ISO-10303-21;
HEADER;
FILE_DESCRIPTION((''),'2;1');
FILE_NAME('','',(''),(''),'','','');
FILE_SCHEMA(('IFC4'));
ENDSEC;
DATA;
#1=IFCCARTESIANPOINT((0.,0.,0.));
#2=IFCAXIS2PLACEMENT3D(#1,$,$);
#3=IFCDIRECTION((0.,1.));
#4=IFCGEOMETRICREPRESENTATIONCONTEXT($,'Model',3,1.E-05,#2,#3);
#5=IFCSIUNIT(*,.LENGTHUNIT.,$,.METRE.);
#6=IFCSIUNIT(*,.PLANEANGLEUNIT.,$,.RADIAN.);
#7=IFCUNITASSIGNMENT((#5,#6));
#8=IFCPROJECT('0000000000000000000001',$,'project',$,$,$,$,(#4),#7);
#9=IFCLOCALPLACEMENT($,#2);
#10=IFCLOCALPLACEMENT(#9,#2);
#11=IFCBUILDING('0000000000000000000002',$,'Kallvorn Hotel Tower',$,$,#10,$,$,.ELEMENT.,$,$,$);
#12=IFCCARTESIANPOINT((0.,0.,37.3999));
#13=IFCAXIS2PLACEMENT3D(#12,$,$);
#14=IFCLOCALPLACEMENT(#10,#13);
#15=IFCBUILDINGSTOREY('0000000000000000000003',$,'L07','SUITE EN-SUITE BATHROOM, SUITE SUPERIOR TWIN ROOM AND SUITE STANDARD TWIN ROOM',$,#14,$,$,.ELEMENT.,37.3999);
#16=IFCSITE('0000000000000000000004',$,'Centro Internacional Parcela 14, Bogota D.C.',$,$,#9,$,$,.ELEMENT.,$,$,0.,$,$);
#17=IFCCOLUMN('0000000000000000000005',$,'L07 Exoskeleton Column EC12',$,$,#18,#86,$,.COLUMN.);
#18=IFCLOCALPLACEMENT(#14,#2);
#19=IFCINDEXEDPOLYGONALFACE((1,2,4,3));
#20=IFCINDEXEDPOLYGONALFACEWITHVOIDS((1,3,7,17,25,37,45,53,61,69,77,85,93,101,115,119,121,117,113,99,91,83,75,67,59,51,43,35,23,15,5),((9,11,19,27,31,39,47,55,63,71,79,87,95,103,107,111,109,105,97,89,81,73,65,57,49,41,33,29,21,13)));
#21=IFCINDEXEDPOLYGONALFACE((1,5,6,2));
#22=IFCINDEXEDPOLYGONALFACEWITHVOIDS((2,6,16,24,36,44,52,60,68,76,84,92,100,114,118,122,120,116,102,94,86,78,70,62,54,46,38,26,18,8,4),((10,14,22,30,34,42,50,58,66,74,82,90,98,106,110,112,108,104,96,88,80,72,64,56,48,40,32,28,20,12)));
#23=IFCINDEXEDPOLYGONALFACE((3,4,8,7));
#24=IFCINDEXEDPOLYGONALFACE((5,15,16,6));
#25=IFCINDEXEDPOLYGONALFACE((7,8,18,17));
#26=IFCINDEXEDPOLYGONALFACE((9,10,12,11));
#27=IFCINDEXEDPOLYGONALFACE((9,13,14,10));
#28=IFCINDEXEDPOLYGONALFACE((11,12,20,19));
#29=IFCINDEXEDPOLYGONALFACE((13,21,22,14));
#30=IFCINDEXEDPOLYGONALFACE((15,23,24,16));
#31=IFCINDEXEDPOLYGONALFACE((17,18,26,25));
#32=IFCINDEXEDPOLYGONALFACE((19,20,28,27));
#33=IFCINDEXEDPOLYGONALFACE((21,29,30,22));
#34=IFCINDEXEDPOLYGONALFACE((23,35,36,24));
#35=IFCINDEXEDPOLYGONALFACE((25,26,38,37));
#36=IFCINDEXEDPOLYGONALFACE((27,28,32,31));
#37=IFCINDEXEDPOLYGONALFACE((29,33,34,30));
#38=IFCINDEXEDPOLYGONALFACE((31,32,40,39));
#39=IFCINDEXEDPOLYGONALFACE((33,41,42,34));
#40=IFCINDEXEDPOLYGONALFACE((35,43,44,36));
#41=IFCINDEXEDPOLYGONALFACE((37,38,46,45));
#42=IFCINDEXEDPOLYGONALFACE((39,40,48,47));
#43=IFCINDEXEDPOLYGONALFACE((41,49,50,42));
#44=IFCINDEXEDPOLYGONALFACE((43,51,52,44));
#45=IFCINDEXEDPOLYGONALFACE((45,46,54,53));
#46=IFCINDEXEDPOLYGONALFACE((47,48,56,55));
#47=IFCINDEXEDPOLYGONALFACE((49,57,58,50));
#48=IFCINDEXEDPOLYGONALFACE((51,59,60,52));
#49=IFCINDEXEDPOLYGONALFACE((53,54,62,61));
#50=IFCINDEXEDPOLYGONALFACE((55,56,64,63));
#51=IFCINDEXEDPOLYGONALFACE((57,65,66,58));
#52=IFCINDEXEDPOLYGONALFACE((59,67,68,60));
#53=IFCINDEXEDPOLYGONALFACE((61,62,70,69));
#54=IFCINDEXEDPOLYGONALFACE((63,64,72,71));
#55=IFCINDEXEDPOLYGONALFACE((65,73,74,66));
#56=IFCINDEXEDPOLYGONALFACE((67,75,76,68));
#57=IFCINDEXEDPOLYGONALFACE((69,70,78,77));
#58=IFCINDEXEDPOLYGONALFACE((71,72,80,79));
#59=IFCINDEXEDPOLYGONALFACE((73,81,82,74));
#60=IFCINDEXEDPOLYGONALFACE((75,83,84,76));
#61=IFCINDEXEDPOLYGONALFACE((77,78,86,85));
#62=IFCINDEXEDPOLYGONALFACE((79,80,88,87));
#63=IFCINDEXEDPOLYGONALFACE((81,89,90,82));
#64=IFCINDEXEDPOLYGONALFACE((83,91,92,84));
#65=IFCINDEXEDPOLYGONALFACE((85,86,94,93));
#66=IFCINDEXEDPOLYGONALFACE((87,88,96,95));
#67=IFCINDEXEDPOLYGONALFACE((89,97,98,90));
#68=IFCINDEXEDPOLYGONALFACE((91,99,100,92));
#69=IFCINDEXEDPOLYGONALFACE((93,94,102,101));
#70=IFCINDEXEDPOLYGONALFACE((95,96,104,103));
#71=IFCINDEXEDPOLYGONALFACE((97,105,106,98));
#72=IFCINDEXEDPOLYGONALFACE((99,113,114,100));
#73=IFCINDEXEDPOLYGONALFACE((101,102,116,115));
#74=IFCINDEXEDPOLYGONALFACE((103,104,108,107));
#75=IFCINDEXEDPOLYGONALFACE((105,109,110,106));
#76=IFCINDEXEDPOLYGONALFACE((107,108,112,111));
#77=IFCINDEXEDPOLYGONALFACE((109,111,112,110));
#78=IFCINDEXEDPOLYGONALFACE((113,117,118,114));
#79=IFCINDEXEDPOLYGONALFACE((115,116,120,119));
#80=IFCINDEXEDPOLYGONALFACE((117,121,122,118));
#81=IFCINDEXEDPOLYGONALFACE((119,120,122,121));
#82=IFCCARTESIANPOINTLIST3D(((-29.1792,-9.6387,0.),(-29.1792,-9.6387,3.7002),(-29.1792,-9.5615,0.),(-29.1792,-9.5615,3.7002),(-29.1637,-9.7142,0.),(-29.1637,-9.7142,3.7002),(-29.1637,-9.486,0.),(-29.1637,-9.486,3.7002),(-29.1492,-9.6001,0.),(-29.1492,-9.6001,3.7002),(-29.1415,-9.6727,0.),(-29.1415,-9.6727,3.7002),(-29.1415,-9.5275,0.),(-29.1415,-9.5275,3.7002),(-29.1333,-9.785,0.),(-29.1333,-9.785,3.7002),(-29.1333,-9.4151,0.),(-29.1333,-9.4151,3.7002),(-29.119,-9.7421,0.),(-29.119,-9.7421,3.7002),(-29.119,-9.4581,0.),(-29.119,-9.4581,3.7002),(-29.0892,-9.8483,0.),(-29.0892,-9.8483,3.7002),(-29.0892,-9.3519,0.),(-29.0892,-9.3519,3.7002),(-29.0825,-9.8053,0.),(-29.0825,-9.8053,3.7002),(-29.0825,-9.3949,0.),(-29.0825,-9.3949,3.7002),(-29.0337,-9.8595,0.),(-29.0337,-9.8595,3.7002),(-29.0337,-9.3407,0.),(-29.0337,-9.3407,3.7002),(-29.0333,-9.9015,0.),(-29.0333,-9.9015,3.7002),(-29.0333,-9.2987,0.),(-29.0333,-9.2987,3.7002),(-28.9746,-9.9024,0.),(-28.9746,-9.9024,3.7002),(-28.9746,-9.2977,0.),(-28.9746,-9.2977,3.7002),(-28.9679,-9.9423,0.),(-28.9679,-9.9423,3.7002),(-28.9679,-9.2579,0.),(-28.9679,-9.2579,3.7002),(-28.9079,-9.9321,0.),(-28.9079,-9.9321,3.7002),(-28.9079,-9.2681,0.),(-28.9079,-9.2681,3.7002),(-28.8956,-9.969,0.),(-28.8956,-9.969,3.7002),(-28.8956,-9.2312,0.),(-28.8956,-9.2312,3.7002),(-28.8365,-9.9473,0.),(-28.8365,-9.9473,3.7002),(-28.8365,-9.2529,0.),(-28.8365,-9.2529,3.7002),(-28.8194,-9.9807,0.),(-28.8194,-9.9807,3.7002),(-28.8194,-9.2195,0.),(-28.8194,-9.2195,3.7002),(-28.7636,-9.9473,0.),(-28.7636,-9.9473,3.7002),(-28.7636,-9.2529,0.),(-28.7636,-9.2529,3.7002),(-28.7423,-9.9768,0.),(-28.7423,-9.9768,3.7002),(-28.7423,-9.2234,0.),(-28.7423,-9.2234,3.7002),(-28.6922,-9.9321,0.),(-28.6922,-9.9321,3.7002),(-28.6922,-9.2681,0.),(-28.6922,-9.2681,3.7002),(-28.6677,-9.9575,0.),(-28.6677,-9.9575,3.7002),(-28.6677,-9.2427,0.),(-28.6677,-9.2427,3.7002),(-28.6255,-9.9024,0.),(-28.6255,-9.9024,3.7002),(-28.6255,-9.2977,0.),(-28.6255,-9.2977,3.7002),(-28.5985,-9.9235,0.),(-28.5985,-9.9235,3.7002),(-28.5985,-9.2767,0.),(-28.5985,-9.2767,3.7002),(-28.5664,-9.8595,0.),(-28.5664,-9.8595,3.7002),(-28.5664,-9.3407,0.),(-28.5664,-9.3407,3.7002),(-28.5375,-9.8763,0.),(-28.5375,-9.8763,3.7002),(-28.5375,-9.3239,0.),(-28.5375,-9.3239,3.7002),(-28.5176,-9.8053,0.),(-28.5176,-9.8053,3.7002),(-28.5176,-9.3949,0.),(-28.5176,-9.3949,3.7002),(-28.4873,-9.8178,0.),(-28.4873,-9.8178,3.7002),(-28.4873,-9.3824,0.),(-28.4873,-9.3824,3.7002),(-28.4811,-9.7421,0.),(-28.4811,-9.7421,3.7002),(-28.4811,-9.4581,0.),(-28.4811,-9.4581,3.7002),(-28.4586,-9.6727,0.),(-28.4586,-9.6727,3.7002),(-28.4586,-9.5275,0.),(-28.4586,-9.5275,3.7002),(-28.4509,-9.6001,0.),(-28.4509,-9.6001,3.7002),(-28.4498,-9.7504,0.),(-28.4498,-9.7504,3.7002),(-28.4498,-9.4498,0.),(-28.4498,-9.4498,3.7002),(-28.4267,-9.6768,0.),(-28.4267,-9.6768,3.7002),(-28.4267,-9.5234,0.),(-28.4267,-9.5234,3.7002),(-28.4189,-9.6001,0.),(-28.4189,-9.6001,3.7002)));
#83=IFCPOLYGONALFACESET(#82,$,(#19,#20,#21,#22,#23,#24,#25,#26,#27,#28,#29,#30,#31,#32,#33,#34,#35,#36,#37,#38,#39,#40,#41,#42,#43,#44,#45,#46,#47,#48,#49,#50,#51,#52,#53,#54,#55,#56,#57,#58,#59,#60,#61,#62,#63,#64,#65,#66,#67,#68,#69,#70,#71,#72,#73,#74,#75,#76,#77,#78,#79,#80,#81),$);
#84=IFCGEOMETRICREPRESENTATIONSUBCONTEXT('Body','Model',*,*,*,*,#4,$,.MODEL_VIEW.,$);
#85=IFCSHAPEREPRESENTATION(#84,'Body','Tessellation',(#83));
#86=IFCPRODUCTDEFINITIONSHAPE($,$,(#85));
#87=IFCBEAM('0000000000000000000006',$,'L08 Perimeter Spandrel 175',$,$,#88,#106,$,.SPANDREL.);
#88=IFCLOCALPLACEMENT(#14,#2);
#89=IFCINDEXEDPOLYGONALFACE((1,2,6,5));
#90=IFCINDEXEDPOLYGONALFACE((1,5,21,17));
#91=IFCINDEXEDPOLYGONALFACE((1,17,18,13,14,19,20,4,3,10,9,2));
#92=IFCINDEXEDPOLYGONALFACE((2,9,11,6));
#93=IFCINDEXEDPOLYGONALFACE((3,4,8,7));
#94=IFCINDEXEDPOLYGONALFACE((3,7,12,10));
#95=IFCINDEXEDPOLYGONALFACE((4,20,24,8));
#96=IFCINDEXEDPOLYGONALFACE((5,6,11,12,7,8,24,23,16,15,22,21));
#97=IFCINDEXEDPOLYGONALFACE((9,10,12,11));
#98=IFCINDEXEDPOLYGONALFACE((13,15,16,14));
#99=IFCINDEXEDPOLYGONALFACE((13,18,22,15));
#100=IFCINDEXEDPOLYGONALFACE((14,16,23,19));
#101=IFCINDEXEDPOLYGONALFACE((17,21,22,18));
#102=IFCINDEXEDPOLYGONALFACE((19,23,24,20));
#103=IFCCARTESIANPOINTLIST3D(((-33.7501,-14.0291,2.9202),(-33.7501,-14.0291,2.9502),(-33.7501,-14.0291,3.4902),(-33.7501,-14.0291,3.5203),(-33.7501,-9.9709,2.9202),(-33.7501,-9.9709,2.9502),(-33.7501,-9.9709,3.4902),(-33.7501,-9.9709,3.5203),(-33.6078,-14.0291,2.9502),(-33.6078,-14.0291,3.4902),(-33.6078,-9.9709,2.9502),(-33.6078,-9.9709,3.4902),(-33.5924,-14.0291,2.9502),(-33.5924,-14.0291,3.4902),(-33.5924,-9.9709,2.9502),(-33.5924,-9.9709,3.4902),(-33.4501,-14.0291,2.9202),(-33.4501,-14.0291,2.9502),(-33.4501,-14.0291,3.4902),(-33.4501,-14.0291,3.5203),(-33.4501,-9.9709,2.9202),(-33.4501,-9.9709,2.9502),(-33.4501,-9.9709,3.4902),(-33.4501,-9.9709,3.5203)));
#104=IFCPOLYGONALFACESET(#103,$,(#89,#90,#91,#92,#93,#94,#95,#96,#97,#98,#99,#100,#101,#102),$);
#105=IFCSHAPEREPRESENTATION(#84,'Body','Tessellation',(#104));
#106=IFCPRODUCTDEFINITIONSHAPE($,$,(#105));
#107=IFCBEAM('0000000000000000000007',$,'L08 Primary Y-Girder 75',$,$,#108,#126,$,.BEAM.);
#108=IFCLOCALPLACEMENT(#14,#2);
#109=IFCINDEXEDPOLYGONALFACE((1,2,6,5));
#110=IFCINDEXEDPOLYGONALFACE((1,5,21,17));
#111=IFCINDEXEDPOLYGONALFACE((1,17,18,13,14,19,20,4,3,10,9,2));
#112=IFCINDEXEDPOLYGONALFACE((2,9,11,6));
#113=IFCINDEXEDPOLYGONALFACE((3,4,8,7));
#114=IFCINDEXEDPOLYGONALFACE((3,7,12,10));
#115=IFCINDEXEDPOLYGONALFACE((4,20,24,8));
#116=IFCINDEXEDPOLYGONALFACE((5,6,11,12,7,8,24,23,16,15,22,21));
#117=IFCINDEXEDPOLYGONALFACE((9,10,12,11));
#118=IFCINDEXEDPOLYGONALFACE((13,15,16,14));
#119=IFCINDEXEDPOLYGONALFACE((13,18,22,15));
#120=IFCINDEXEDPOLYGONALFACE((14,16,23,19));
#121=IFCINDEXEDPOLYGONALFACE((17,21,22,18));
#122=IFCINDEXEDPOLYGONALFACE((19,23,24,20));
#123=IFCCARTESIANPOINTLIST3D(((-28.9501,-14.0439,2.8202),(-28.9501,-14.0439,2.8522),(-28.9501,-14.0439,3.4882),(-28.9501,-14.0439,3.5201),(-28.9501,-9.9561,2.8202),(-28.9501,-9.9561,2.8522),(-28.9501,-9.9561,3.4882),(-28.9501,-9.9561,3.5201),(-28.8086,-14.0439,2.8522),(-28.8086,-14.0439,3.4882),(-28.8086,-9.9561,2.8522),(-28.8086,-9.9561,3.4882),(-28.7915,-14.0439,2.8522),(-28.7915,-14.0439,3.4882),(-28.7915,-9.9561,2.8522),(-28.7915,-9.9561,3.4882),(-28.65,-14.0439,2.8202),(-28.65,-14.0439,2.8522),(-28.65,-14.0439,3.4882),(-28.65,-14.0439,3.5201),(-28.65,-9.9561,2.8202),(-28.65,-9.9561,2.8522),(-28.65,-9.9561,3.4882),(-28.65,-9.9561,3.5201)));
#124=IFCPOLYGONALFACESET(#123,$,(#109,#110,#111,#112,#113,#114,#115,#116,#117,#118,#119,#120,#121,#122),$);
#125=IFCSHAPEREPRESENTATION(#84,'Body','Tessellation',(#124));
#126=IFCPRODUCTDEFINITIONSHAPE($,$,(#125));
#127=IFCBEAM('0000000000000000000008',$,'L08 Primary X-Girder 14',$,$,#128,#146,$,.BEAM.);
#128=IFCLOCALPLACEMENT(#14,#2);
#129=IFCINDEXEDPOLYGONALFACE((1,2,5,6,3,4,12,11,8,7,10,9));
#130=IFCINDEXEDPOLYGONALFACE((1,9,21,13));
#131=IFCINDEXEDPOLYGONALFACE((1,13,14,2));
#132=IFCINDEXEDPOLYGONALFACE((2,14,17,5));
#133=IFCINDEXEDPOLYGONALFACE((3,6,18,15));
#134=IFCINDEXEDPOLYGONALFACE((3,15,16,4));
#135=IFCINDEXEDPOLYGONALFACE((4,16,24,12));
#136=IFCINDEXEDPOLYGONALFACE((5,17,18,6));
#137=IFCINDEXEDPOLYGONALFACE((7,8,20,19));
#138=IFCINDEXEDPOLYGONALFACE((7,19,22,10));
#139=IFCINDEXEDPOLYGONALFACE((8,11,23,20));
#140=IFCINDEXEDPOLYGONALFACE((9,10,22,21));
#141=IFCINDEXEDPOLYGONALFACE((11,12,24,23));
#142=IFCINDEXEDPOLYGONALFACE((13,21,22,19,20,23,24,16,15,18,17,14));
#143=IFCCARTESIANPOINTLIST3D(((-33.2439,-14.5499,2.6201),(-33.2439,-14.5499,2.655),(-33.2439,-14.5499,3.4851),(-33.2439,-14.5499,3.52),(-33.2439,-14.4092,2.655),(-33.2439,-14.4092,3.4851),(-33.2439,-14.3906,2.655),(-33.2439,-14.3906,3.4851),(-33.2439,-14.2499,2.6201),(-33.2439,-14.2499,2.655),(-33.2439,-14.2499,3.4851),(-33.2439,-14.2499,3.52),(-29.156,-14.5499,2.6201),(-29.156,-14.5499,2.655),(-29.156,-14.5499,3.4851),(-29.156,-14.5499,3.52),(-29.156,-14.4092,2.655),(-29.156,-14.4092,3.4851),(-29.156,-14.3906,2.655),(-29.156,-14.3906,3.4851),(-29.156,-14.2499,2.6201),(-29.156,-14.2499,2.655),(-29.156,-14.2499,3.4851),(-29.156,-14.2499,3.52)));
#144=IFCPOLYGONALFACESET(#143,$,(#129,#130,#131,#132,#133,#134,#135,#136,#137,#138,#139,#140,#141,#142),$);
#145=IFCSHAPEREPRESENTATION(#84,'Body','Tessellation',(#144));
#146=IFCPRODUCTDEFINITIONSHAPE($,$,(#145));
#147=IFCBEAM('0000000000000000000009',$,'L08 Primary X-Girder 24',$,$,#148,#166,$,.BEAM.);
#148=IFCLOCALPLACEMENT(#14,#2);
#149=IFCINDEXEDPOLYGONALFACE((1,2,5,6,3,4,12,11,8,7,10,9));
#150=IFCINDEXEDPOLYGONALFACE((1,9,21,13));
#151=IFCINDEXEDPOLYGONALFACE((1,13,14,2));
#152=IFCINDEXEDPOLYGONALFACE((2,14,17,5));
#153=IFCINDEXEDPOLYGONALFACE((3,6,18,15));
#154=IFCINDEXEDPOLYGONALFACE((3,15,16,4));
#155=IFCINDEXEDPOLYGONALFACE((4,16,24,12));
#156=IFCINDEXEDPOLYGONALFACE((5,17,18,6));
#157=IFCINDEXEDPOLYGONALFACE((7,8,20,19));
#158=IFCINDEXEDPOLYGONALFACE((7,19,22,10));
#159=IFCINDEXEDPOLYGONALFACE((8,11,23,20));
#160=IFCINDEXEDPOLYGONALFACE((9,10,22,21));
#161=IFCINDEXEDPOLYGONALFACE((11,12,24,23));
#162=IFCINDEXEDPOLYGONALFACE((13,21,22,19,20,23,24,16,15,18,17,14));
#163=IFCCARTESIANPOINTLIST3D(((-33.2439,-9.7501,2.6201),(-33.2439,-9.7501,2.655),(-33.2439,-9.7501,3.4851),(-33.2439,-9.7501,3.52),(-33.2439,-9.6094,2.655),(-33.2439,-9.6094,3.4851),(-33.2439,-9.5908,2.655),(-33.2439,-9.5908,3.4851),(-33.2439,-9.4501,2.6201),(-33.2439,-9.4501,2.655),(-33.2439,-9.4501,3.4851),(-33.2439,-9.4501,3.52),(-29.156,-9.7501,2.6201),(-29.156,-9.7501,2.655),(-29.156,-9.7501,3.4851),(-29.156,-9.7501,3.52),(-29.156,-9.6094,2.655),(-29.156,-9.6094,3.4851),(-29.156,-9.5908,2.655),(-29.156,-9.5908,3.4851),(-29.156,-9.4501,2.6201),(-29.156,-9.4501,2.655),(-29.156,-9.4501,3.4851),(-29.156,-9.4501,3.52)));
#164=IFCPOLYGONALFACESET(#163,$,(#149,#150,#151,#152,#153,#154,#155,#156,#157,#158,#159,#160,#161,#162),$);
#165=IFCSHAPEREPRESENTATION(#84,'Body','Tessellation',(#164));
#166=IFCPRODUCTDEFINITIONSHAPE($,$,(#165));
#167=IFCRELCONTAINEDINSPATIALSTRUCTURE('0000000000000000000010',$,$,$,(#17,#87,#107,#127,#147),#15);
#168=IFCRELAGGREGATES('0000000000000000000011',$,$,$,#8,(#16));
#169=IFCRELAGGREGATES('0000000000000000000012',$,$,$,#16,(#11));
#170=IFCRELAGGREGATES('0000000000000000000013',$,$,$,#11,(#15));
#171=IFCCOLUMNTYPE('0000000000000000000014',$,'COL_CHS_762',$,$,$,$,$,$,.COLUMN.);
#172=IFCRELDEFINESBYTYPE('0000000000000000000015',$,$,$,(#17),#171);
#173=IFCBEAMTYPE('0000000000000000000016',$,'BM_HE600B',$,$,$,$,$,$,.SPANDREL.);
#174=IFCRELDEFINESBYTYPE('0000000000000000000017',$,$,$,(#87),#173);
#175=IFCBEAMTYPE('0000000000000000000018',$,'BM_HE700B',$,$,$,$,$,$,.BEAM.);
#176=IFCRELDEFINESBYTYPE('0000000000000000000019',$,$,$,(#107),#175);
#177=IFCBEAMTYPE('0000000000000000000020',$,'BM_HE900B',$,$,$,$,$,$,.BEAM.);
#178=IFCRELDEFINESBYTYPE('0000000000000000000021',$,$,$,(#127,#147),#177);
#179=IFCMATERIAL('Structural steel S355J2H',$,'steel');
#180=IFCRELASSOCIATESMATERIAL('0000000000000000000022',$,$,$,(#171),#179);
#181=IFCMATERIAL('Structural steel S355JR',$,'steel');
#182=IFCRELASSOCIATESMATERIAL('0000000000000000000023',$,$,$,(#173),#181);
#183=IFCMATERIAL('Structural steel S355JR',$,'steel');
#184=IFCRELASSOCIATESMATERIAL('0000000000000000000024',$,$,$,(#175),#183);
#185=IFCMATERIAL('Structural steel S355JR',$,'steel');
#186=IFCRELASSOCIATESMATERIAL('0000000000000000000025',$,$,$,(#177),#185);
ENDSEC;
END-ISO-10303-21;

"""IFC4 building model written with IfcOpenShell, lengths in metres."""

from ifc_helpers import new_model, si_unit, direction, frame, origin, origin_2d, place, context, subcontext, project, spatial, hollow_circle, i_section, extrude, material, material_profile, profile_set, type_object, element, save


model = new_model("IFC4")

# Units and contexts
model_context = context("Model", 3, precision=1e-05, world=origin(), true_north=direction((0.0, 1.0)))
body_context = subcontext(model_context, "Body", "Model", "MODEL_VIEW")
ifc_project = project(units=[si_unit("LENGTHUNIT", "METRE"), si_unit("PLANEANGLEUNIT", "RADIAN")], contexts=[model_context])

# Site, building, storey
site_placement = place(None, origin())
site = spatial("IfcSite", under=ifc_project, at=site_placement, Name="Centro Internacional Parcela 14, Bogota D.C.", CompositionType="ELEMENT", RefElevation=0.0)
building_placement = place(site_placement, origin())
building = spatial("IfcBuilding", under=site, at=building_placement, Name="Kallvorn Hotel Tower", CompositionType="ELEMENT")
storey_placement = place(building_placement, frame((0.0, 0.0, 37.3999)))
storey = spatial("IfcBuildingStorey", under=building, at=storey_placement, Name="L07", Description="SUITE EN-SUITE BATHROOM, SUITE SUPERIOR TWIN ROOM AND SUITE STANDARD TWIN ROOM", CompositionType="ELEMENT", Elevation=37.3999)

# Column
ifc_material_1 = material(Name="Structural steel S355J2H", Category="steel")
ifc_material_profile_1 = material_profile(ifc_material_1, hollow_circle(Radius=0.3811, WallThickness=0.032, at=origin_2d()), Name="CHS 762x32")
ifc_profile_set_1 = profile_set([ifc_material_profile_1], Name="Structural steel S355J2H")
column_type = type_object("IfcColumnType", Name="COL_CHS_762", PredefinedType="COLUMN", material=ifc_profile_set_1)
for number, where, z_axis, x_axis, name in (
    (1, (-28.8, -9.6001, 0.0), (0.0, 0.0, 1.0), (1.0, 0.0, 0.0), "L07 Exoskeleton Column EC12"),
):
    element("IfcColumn", number, at=place(storey_placement, frame(where, z_axis=z_axis, x_axis=x_axis)), inside=storey, type_object=column_type, Name=name, PredefinedType="COLUMN", context=body_context, shape_type="SweptSolid", body=[
        extrude(hollow_circle(Radius=0.3811, WallThickness=0.032, at=origin_2d()), origin(), (0.0, 0.0, 1.0), 3.7002),
    ])

# Beams
ifc_material_2 = material(Name="Structural steel S355JR", Category="steel")
ifc_material_profile_2 = material_profile(ifc_material_2, i_section(OverallWidth=0.3, OverallDepth=0.6001, WebThickness=0.0154, FlangeThickness=0.03, at=origin_2d()), Name="HE 600 B")
ifc_profile_set_2 = profile_set([ifc_material_profile_2], Name="Structural steel S355JR")
beam_type_1 = type_object("IfcBeamType", Name="BM_HE600B", PredefinedType="SPANDREL", material=ifc_profile_set_2)
beam_1_placement = place(storey_placement, frame((-33.6001, -14.0291, 3.2202), z_axis=(0.0, 1.0, 0.0), x_axis=(-1.0, 0.0, 0.0)))
element("IfcBeam", 2, at=beam_1_placement, inside=storey, type_object=beam_type_1, Name="L08 Perimeter Spandrel 175", PredefinedType="SPANDREL", context=body_context, shape_type="SweptSolid", body=[
    extrude(i_section(OverallWidth=0.3, OverallDepth=0.6001, WebThickness=0.0154, FlangeThickness=0.03, at=origin_2d()), origin(), (0.0, 0.0, 1.0), 4.0581),
])
ifc_material_3 = material(Name="Structural steel S355JR", Category="steel")
ifc_material_profile_3 = material_profile(ifc_material_3, i_section(OverallWidth=0.3, OverallDepth=0.7, WebThickness=0.0171, FlangeThickness=0.032, at=origin_2d()), Name="HE 700 B")
ifc_profile_set_3 = profile_set([ifc_material_profile_3], Name="Structural steel S355JR")
beam_type_2 = type_object("IfcBeamType", Name="BM_HE700B", PredefinedType="BEAM", material=ifc_profile_set_3)
beam_2_placement = place(storey_placement, frame((-28.8, -14.0439, 3.1702), z_axis=(0.0, 1.0, 0.0), x_axis=(-1.0, 0.0, 0.0)))
element("IfcBeam", 3, at=beam_2_placement, inside=storey, type_object=beam_type_2, Name="L08 Primary Y-Girder 75", PredefinedType="BEAM", context=body_context, shape_type="SweptSolid", body=[
    extrude(i_section(OverallWidth=0.3, OverallDepth=0.7, WebThickness=0.0171, FlangeThickness=0.032, at=origin_2d()), origin(), (0.0, 0.0, 1.0), 4.0879),
])
ifc_material_4 = material(Name="Structural steel S355JR", Category="steel")
ifc_material_profile_4 = material_profile(ifc_material_4, i_section(OverallWidth=0.3, OverallDepth=0.8999, WebThickness=0.0186, FlangeThickness=0.0349, at=origin_2d()), Name="HE 900 B")
ifc_profile_set_4 = profile_set([ifc_material_profile_4], Name="Structural steel S355JR")
beam_type_3 = type_object("IfcBeamType", Name="BM_HE900B", PredefinedType="BEAM", material=ifc_profile_set_4)
for number, where, z_axis, x_axis, name in (
    (4, (-33.2439, -14.3999, 3.0701), (1.0, 0.0, 0.0), (0.0, 1.0, 0.0), "L08 Primary X-Girder 14"),
    (5, (-33.2439, -9.6001, 3.0701), (1.0, 0.0, 0.0), (0.0, 1.0, 0.0), "L08 Primary X-Girder 24"),
):
    element("IfcBeam", number, at=place(storey_placement, frame(where, z_axis=z_axis, x_axis=x_axis)), inside=storey, type_object=beam_type_3, Name=name, PredefinedType="BEAM", context=body_context, shape_type="SweptSolid", body=[
        extrude(i_section(OverallWidth=0.3, OverallDepth=0.8999, WebThickness=0.0186, FlangeThickness=0.0349, at=origin_2d()), origin(), (0.0, 0.0, 1.0), 4.0879),
    ])

save(model, "model.ifc")
